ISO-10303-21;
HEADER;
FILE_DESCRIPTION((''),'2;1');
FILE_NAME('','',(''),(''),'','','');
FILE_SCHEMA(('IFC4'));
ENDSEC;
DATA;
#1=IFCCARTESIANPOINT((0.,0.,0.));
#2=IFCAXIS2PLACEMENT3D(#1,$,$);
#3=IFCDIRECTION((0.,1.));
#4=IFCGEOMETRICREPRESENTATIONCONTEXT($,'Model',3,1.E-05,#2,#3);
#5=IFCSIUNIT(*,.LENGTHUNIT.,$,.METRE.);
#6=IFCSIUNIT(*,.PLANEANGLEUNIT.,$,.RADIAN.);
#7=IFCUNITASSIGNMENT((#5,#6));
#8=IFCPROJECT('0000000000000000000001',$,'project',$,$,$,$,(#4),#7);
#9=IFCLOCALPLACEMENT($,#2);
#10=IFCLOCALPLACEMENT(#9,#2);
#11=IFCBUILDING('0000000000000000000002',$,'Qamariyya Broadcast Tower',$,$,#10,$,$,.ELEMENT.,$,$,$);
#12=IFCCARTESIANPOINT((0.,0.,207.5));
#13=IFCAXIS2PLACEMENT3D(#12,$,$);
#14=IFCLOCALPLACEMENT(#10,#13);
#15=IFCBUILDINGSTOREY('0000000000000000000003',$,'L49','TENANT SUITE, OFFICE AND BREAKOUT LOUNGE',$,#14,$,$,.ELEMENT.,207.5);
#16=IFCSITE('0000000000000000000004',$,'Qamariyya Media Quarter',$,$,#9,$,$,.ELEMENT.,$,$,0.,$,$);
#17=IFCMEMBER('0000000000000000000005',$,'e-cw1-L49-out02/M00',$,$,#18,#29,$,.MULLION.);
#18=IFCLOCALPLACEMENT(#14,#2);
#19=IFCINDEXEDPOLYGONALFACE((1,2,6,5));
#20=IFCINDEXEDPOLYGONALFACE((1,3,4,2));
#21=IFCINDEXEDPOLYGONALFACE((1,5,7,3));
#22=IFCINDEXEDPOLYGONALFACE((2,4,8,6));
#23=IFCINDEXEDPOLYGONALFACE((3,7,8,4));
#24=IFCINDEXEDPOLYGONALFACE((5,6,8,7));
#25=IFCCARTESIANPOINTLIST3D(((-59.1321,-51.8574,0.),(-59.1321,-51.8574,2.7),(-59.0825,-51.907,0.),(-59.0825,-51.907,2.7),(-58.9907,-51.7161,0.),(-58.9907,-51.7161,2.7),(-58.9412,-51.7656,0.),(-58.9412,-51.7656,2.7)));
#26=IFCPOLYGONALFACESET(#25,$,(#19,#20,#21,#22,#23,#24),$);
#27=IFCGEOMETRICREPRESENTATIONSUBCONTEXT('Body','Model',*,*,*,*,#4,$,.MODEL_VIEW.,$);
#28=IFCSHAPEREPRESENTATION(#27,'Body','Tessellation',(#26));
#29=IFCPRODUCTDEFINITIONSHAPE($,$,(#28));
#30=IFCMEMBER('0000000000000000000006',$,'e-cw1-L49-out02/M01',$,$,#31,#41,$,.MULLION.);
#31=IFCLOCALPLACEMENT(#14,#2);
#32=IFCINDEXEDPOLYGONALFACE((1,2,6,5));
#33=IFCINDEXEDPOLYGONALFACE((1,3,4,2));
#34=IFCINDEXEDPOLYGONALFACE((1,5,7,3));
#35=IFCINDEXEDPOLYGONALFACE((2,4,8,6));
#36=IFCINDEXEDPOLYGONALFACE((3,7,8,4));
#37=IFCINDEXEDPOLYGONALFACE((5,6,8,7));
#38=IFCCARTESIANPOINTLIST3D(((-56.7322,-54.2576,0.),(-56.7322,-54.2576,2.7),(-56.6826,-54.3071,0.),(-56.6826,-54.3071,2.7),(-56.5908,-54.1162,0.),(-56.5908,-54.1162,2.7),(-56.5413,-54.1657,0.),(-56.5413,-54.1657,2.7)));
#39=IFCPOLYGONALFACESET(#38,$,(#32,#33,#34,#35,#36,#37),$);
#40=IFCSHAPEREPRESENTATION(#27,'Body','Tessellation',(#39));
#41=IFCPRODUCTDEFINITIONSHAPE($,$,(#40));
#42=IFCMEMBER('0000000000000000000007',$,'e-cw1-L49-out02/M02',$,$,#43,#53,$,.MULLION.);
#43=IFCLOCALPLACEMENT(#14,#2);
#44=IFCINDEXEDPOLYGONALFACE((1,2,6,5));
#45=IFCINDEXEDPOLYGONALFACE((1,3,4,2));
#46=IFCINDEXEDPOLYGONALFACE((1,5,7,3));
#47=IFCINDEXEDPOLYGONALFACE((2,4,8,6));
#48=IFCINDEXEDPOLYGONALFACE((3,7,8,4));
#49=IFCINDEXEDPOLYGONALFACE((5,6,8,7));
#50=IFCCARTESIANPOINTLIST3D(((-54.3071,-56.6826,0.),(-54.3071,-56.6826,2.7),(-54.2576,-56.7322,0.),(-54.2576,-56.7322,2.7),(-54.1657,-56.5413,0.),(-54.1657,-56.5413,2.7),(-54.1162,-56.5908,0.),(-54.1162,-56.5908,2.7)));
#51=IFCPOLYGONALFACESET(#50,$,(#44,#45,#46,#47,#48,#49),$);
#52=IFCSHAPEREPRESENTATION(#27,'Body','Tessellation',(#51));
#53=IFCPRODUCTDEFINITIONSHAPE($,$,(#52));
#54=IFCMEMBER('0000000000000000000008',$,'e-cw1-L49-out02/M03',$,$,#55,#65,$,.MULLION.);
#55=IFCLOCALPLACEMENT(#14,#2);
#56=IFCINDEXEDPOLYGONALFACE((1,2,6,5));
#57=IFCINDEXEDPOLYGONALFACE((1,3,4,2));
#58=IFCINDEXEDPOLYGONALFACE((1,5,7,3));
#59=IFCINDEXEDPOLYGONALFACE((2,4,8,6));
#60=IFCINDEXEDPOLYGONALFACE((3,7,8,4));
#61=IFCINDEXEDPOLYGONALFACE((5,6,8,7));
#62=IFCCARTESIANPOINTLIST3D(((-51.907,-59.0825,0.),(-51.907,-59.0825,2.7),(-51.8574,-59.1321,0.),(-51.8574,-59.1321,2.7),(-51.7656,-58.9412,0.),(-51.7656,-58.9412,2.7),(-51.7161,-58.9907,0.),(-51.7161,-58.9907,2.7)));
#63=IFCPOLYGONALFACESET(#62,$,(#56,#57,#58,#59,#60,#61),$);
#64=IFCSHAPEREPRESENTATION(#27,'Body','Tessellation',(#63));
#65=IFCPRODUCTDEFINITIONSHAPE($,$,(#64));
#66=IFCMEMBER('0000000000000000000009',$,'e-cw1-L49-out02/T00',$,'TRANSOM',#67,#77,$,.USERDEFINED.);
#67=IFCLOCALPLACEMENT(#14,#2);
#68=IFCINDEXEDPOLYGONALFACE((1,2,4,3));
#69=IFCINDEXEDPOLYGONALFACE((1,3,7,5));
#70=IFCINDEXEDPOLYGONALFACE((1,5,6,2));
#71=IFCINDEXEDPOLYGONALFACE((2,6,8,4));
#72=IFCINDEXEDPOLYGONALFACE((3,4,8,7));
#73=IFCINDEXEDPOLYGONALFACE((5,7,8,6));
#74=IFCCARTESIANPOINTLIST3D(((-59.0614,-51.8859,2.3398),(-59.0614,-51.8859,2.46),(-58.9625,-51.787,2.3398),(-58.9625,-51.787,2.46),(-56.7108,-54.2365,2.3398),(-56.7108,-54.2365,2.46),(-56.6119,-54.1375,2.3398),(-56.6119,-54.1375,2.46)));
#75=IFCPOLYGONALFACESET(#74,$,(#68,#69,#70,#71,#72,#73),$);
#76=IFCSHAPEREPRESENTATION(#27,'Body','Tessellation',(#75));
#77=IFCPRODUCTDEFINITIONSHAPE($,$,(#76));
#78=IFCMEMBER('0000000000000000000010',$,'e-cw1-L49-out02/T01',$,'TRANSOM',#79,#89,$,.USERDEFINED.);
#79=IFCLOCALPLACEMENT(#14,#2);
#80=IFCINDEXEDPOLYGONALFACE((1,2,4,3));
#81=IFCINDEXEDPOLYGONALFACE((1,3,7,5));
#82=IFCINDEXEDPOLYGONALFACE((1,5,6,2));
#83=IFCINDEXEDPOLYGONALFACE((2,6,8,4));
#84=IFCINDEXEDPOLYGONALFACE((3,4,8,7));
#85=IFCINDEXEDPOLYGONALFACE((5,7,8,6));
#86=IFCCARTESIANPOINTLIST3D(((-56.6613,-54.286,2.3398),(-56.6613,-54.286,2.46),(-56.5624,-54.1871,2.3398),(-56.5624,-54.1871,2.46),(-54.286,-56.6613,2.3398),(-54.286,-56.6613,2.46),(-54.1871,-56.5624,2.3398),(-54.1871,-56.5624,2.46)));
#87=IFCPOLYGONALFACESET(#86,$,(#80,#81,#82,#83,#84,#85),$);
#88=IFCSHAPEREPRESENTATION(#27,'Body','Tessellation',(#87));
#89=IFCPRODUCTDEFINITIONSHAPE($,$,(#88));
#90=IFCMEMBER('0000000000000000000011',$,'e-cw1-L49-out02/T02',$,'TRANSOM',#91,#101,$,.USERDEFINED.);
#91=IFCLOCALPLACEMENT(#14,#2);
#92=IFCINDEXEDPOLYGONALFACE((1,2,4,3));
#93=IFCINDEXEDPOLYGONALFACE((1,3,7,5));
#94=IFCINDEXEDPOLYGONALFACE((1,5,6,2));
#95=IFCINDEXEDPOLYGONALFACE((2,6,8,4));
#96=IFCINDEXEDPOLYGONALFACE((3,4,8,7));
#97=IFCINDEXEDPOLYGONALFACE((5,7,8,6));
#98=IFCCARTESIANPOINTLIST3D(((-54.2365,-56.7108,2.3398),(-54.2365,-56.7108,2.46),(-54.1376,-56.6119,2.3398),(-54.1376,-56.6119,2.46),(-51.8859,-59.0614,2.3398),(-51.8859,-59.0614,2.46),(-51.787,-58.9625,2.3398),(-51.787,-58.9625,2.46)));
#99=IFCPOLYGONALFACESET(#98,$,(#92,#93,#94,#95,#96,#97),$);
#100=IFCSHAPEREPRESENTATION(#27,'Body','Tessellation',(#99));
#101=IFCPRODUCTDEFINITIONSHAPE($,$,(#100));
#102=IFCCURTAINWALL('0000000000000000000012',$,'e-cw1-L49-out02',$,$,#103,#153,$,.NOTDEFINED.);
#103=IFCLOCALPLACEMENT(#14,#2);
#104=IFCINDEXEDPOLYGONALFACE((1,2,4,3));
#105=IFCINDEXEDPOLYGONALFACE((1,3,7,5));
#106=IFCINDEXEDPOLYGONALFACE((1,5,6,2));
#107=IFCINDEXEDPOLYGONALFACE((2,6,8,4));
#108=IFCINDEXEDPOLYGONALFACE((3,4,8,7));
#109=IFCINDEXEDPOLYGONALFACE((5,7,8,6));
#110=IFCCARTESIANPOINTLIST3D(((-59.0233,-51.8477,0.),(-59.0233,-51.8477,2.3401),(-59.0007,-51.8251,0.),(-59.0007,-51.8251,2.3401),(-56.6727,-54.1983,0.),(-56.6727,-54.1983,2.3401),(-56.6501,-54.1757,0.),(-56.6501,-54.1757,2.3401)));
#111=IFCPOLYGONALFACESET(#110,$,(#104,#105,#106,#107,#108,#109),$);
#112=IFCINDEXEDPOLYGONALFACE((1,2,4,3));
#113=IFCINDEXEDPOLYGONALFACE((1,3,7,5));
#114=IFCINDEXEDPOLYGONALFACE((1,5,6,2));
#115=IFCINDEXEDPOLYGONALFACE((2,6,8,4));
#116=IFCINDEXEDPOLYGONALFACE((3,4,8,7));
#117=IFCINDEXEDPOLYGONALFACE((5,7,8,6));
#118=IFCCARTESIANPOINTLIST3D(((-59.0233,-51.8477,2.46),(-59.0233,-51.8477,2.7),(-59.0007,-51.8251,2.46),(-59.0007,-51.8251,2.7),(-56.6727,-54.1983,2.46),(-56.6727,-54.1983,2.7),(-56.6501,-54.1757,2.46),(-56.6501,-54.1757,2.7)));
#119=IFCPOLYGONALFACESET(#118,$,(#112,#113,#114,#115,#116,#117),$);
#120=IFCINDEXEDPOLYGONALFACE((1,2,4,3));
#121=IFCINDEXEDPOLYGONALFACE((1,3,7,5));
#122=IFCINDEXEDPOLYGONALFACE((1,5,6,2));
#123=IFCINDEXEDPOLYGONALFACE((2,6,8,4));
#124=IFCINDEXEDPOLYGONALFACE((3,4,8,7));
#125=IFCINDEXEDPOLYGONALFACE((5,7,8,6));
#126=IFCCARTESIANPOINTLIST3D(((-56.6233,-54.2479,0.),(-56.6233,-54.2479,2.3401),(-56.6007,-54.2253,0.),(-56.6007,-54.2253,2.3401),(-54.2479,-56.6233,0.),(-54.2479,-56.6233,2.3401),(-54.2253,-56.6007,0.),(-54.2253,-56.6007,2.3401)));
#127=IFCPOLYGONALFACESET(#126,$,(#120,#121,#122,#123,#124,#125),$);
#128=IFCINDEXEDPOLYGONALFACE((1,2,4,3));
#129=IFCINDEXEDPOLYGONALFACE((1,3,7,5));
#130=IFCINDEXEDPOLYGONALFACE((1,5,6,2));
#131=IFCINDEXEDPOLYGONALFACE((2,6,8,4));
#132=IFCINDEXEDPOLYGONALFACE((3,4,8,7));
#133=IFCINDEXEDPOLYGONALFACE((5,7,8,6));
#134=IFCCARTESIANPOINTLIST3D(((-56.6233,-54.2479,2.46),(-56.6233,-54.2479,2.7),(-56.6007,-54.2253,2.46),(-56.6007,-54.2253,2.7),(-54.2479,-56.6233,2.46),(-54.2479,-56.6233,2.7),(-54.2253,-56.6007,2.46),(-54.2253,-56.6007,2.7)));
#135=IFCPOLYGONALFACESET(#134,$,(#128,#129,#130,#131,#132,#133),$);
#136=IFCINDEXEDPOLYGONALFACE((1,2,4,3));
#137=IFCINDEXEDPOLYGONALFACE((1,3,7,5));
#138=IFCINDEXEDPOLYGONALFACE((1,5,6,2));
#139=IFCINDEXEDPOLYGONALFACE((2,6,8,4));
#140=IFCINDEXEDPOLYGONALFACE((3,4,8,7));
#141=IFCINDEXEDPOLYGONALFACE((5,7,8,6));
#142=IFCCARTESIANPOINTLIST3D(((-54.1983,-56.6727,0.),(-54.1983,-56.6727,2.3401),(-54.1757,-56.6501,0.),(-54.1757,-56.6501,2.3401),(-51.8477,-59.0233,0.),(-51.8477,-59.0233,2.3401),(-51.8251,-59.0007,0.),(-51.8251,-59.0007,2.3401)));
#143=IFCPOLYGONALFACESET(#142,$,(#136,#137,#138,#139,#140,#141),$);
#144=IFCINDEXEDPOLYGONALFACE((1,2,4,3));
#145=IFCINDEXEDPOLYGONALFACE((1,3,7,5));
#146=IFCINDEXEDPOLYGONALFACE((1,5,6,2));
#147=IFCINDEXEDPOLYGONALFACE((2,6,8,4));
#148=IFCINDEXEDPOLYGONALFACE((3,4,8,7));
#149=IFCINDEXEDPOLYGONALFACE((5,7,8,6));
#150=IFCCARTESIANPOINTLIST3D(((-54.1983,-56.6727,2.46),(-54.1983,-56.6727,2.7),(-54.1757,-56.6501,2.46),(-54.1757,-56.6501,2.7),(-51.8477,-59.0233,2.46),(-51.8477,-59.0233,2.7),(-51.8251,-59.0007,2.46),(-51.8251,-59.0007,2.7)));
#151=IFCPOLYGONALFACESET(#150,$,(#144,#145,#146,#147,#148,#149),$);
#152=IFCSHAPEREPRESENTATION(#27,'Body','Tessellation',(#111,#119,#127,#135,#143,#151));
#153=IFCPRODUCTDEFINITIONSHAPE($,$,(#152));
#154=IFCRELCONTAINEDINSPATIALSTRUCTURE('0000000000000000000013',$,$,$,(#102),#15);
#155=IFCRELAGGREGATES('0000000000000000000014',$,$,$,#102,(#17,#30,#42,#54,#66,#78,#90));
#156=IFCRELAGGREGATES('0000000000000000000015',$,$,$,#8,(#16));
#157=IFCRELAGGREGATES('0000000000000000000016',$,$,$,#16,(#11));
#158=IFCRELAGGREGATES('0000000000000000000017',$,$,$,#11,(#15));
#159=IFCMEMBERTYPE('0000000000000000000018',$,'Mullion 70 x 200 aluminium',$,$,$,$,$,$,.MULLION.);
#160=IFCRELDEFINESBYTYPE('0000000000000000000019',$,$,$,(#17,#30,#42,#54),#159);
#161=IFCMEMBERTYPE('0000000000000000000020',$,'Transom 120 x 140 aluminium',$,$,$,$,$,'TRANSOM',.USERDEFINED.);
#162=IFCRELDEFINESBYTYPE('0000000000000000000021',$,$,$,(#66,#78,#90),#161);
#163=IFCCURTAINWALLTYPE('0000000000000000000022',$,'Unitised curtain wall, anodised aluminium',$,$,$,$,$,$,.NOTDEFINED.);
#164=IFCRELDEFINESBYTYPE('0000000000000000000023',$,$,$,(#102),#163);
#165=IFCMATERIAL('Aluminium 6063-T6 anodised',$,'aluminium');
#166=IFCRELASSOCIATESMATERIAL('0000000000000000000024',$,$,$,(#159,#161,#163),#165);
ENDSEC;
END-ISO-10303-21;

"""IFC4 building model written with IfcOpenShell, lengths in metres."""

from ifc_helpers import new_model, si_unit, direction, frame, origin, origin_2d, place, context, subcontext, project, spatial, rectangle, extrude, material, material_profile, profile_set, type_object, element, aggregate, save


model = new_model("IFC4")

# Units and contexts
model_context = context("Model", 3, precision=1e-05, world=origin(), true_north=direction((0.0, 1.0)))
body_context = subcontext(model_context, "Body", "Model", "MODEL_VIEW")
ifc_project = project(units=[si_unit("LENGTHUNIT", "METRE"), si_unit("PLANEANGLEUNIT", "RADIAN")], contexts=[model_context])

# Members
ifc_material = material(Name="Aluminium 6063-T6 anodised", Category="aluminium")
ifc_material_profile_1 = material_profile(ifc_material, rectangle(XDim=0.2, YDim=0.0701, at=origin_2d()))
ifc_profile_set_1 = profile_set([ifc_material_profile_1], Name="Aluminium 6063-T6 anodised")
member_type_1 = type_object("IfcMemberType", Name="Mullion 70 x 200 aluminium", PredefinedType="MULLION", material=ifc_profile_set_1)
site_placement = place(None, origin())
building_placement = place(site_placement, origin())
storey_placement = place(building_placement, frame((0.0, 0.0, 207.5)))
member_1_placement = place(storey_placement, frame((-59.0366, -51.8115, 0.0), z_axis=(0.0, 0.0, 1.0), x_axis=(0.707107, 0.707107, 0.0)))
member_1 = element("IfcMember", 1, at=member_1_placement, type_object=member_type_1, Name="e-cw1-L49-out02/M00", PredefinedType="MULLION", context=body_context, shape_type="SweptSolid", body=[
    extrude(rectangle(XDim=0.2, YDim=0.0701, at=origin_2d()), origin(), (0.0, 0.0, 1.0), 2.7),
])
member_2_placement = place(storey_placement, frame((-56.6367, -54.2117, 0.0), z_axis=(0.0, 0.0, 1.0), x_axis=(0.707107, 0.707107, 0.0)))
member_2 = element("IfcMember", 2, at=member_2_placement, type_object=member_type_1, Name="e-cw1-L49-out02/M01", PredefinedType="MULLION", context=body_context, shape_type="SweptSolid", body=[
    extrude(rectangle(XDim=0.2, YDim=0.0701, at=origin_2d()), origin(), (0.0, 0.0, 1.0), 2.7),
])
member_3_placement = place(storey_placement, frame((-54.2117, -56.6367, 0.0), z_axis=(0.0, 0.0, 1.0), x_axis=(0.707107, 0.707107, 0.0)))
member_3 = element("IfcMember", 3, at=member_3_placement, type_object=member_type_1, Name="e-cw1-L49-out02/M02", PredefinedType="MULLION", context=body_context, shape_type="SweptSolid", body=[
    extrude(rectangle(XDim=0.2, YDim=0.0701, at=origin_2d()), origin(), (0.0, 0.0, 1.0), 2.7),
])
member_4_placement = place(storey_placement, frame((-51.8115, -59.0366, 0.0), z_axis=(0.0, 0.0, 1.0), x_axis=(0.707107, 0.707107, 0.0)))
member_4 = element("IfcMember", 4, at=member_4_placement, type_object=member_type_1, Name="e-cw1-L49-out02/M03", PredefinedType="MULLION", context=body_context, shape_type="SweptSolid", body=[
    extrude(rectangle(XDim=0.2, YDim=0.0701, at=origin_2d()), origin(), (0.0, 0.0, 1.0), 2.7),
])
ifc_material_profile_2 = material_profile(ifc_material, rectangle(XDim=0.1399, YDim=0.1201, at=origin_2d()))
ifc_profile_set_2 = profile_set([ifc_material_profile_2], Name="Aluminium 6063-T6 anodised")
member_type_2 = type_object("IfcMemberType", Name="Transom 120 x 140 aluminium", ElementType="TRANSOM", PredefinedType="USERDEFINED", material=ifc_profile_set_2)
member_5_placement = place(storey_placement, frame((-59.012, -51.8364, 2.3999), z_axis=(0.707107, -0.707107, 0.0), x_axis=(0.707107, 0.707107, 0.0)))
member_5 = element("IfcMember", 5, at=member_5_placement, type_object=member_type_2, Name="e-cw1-L49-out02/T00", ObjectType="TRANSOM", PredefinedType="USERDEFINED", context=body_context, shape_type="SweptSolid", body=[
    extrude(rectangle(XDim=0.1399, YDim=0.1201, at=origin_2d()), origin(), (0.0, 0.0, 1.0), 3.3242),
])
member_6_placement = place(storey_placement, frame((-56.6118, -54.2366, 2.3999), z_axis=(0.707107, -0.707107, 0.0), x_axis=(0.707107, 0.707107, 0.0)))
member_6 = element("IfcMember", 6, at=member_6_placement, type_object=member_type_2, Name="e-cw1-L49-out02/T01", ObjectType="TRANSOM", PredefinedType="USERDEFINED", context=body_context, shape_type="SweptSolid", body=[
    extrude(rectangle(XDim=0.1399, YDim=0.1201, at=origin_2d()), origin(), (0.0, 0.0, 1.0), 3.3591),
])
member_7_placement = place(storey_placement, frame((-54.187, -56.6614, 2.3999), z_axis=(0.707107, -0.707107, 0.0), x_axis=(0.707107, 0.707107, 0.0)))
member_7 = element("IfcMember", 7, at=member_7_placement, type_object=member_type_2, Name="e-cw1-L49-out02/T02", ObjectType="TRANSOM", PredefinedType="USERDEFINED", context=body_context, shape_type="SweptSolid", body=[
    extrude(rectangle(XDim=0.1399, YDim=0.1201, at=origin_2d()), origin(), (0.0, 0.0, 1.0), 3.3242),
])

# Site, building, storey
site = spatial("IfcSite", under=ifc_project, at=site_placement, Name="Qamariyya Media Quarter", CompositionType="ELEMENT", RefElevation=0.0)
building = spatial("IfcBuilding", under=site, at=building_placement, Name="Qamariyya Broadcast Tower", CompositionType="ELEMENT")
storey = spatial("IfcBuildingStorey", under=building, at=storey_placement, Name="L49", Description="TENANT SUITE, OFFICE AND BREAKOUT LOUNGE", CompositionType="ELEMENT", Elevation=207.5)

# Curtain wall
curtain_wall_type = type_object("IfcCurtainWallType", Name="Unitised curtain wall, anodised aluminium", PredefinedType="NOTDEFINED", material=ifc_material)
curtain_wall_1_placement = place(storey_placement, origin())
curtain_wall_1 = element("IfcCurtainWall", 8, at=curtain_wall_1_placement, inside=storey, type_object=curtain_wall_type, Name="e-cw1-L49-out02", PredefinedType="NOTDEFINED", context=body_context, shape_type="SweptSolid", body=[
    extrude(rectangle(XDim=3.3242, YDim=0.032, at=origin_2d()), frame((-57.8367, -53.0117, 0.0), x_axis=(0.707107, -0.707107, 0.0)), (0.0, 0.0, 1.0), 2.3401),
    extrude(rectangle(XDim=3.3242, YDim=0.032, at=origin_2d()), frame((-57.8367, -53.0117, 2.46), x_axis=(0.707107, -0.707107, 0.0)), (0.0, 0.0, 1.0), 0.24),
    extrude(rectangle(XDim=3.3594, YDim=0.032, at=origin_2d()), frame((-55.4243, -55.4243, 0.0), x_axis=(0.707107, -0.707107, 0.0)), (0.0, 0.0, 1.0), 2.3401),
    extrude(rectangle(XDim=3.3594, YDim=0.032, at=origin_2d()), frame((-55.4243, -55.4243, 2.46), x_axis=(0.707107, -0.707107, 0.0)), (0.0, 0.0, 1.0), 0.24),
    extrude(rectangle(XDim=3.3242, YDim=0.032, at=origin_2d()), frame((-53.0117, -57.8367, 0.0), x_axis=(0.707107, -0.707107, 0.0)), (0.0, 0.0, 1.0), 2.3401),
    extrude(rectangle(XDim=3.3242, YDim=0.032, at=origin_2d()), frame((-53.0117, -57.8367, 2.46), x_axis=(0.707107, -0.707107, 0.0)), (0.0, 0.0, 1.0), 0.24),
])
aggregate(curtain_wall_1, [member_1, member_2, member_3, member_4, member_5, member_6, member_7])

save(model, "model.ifc")
